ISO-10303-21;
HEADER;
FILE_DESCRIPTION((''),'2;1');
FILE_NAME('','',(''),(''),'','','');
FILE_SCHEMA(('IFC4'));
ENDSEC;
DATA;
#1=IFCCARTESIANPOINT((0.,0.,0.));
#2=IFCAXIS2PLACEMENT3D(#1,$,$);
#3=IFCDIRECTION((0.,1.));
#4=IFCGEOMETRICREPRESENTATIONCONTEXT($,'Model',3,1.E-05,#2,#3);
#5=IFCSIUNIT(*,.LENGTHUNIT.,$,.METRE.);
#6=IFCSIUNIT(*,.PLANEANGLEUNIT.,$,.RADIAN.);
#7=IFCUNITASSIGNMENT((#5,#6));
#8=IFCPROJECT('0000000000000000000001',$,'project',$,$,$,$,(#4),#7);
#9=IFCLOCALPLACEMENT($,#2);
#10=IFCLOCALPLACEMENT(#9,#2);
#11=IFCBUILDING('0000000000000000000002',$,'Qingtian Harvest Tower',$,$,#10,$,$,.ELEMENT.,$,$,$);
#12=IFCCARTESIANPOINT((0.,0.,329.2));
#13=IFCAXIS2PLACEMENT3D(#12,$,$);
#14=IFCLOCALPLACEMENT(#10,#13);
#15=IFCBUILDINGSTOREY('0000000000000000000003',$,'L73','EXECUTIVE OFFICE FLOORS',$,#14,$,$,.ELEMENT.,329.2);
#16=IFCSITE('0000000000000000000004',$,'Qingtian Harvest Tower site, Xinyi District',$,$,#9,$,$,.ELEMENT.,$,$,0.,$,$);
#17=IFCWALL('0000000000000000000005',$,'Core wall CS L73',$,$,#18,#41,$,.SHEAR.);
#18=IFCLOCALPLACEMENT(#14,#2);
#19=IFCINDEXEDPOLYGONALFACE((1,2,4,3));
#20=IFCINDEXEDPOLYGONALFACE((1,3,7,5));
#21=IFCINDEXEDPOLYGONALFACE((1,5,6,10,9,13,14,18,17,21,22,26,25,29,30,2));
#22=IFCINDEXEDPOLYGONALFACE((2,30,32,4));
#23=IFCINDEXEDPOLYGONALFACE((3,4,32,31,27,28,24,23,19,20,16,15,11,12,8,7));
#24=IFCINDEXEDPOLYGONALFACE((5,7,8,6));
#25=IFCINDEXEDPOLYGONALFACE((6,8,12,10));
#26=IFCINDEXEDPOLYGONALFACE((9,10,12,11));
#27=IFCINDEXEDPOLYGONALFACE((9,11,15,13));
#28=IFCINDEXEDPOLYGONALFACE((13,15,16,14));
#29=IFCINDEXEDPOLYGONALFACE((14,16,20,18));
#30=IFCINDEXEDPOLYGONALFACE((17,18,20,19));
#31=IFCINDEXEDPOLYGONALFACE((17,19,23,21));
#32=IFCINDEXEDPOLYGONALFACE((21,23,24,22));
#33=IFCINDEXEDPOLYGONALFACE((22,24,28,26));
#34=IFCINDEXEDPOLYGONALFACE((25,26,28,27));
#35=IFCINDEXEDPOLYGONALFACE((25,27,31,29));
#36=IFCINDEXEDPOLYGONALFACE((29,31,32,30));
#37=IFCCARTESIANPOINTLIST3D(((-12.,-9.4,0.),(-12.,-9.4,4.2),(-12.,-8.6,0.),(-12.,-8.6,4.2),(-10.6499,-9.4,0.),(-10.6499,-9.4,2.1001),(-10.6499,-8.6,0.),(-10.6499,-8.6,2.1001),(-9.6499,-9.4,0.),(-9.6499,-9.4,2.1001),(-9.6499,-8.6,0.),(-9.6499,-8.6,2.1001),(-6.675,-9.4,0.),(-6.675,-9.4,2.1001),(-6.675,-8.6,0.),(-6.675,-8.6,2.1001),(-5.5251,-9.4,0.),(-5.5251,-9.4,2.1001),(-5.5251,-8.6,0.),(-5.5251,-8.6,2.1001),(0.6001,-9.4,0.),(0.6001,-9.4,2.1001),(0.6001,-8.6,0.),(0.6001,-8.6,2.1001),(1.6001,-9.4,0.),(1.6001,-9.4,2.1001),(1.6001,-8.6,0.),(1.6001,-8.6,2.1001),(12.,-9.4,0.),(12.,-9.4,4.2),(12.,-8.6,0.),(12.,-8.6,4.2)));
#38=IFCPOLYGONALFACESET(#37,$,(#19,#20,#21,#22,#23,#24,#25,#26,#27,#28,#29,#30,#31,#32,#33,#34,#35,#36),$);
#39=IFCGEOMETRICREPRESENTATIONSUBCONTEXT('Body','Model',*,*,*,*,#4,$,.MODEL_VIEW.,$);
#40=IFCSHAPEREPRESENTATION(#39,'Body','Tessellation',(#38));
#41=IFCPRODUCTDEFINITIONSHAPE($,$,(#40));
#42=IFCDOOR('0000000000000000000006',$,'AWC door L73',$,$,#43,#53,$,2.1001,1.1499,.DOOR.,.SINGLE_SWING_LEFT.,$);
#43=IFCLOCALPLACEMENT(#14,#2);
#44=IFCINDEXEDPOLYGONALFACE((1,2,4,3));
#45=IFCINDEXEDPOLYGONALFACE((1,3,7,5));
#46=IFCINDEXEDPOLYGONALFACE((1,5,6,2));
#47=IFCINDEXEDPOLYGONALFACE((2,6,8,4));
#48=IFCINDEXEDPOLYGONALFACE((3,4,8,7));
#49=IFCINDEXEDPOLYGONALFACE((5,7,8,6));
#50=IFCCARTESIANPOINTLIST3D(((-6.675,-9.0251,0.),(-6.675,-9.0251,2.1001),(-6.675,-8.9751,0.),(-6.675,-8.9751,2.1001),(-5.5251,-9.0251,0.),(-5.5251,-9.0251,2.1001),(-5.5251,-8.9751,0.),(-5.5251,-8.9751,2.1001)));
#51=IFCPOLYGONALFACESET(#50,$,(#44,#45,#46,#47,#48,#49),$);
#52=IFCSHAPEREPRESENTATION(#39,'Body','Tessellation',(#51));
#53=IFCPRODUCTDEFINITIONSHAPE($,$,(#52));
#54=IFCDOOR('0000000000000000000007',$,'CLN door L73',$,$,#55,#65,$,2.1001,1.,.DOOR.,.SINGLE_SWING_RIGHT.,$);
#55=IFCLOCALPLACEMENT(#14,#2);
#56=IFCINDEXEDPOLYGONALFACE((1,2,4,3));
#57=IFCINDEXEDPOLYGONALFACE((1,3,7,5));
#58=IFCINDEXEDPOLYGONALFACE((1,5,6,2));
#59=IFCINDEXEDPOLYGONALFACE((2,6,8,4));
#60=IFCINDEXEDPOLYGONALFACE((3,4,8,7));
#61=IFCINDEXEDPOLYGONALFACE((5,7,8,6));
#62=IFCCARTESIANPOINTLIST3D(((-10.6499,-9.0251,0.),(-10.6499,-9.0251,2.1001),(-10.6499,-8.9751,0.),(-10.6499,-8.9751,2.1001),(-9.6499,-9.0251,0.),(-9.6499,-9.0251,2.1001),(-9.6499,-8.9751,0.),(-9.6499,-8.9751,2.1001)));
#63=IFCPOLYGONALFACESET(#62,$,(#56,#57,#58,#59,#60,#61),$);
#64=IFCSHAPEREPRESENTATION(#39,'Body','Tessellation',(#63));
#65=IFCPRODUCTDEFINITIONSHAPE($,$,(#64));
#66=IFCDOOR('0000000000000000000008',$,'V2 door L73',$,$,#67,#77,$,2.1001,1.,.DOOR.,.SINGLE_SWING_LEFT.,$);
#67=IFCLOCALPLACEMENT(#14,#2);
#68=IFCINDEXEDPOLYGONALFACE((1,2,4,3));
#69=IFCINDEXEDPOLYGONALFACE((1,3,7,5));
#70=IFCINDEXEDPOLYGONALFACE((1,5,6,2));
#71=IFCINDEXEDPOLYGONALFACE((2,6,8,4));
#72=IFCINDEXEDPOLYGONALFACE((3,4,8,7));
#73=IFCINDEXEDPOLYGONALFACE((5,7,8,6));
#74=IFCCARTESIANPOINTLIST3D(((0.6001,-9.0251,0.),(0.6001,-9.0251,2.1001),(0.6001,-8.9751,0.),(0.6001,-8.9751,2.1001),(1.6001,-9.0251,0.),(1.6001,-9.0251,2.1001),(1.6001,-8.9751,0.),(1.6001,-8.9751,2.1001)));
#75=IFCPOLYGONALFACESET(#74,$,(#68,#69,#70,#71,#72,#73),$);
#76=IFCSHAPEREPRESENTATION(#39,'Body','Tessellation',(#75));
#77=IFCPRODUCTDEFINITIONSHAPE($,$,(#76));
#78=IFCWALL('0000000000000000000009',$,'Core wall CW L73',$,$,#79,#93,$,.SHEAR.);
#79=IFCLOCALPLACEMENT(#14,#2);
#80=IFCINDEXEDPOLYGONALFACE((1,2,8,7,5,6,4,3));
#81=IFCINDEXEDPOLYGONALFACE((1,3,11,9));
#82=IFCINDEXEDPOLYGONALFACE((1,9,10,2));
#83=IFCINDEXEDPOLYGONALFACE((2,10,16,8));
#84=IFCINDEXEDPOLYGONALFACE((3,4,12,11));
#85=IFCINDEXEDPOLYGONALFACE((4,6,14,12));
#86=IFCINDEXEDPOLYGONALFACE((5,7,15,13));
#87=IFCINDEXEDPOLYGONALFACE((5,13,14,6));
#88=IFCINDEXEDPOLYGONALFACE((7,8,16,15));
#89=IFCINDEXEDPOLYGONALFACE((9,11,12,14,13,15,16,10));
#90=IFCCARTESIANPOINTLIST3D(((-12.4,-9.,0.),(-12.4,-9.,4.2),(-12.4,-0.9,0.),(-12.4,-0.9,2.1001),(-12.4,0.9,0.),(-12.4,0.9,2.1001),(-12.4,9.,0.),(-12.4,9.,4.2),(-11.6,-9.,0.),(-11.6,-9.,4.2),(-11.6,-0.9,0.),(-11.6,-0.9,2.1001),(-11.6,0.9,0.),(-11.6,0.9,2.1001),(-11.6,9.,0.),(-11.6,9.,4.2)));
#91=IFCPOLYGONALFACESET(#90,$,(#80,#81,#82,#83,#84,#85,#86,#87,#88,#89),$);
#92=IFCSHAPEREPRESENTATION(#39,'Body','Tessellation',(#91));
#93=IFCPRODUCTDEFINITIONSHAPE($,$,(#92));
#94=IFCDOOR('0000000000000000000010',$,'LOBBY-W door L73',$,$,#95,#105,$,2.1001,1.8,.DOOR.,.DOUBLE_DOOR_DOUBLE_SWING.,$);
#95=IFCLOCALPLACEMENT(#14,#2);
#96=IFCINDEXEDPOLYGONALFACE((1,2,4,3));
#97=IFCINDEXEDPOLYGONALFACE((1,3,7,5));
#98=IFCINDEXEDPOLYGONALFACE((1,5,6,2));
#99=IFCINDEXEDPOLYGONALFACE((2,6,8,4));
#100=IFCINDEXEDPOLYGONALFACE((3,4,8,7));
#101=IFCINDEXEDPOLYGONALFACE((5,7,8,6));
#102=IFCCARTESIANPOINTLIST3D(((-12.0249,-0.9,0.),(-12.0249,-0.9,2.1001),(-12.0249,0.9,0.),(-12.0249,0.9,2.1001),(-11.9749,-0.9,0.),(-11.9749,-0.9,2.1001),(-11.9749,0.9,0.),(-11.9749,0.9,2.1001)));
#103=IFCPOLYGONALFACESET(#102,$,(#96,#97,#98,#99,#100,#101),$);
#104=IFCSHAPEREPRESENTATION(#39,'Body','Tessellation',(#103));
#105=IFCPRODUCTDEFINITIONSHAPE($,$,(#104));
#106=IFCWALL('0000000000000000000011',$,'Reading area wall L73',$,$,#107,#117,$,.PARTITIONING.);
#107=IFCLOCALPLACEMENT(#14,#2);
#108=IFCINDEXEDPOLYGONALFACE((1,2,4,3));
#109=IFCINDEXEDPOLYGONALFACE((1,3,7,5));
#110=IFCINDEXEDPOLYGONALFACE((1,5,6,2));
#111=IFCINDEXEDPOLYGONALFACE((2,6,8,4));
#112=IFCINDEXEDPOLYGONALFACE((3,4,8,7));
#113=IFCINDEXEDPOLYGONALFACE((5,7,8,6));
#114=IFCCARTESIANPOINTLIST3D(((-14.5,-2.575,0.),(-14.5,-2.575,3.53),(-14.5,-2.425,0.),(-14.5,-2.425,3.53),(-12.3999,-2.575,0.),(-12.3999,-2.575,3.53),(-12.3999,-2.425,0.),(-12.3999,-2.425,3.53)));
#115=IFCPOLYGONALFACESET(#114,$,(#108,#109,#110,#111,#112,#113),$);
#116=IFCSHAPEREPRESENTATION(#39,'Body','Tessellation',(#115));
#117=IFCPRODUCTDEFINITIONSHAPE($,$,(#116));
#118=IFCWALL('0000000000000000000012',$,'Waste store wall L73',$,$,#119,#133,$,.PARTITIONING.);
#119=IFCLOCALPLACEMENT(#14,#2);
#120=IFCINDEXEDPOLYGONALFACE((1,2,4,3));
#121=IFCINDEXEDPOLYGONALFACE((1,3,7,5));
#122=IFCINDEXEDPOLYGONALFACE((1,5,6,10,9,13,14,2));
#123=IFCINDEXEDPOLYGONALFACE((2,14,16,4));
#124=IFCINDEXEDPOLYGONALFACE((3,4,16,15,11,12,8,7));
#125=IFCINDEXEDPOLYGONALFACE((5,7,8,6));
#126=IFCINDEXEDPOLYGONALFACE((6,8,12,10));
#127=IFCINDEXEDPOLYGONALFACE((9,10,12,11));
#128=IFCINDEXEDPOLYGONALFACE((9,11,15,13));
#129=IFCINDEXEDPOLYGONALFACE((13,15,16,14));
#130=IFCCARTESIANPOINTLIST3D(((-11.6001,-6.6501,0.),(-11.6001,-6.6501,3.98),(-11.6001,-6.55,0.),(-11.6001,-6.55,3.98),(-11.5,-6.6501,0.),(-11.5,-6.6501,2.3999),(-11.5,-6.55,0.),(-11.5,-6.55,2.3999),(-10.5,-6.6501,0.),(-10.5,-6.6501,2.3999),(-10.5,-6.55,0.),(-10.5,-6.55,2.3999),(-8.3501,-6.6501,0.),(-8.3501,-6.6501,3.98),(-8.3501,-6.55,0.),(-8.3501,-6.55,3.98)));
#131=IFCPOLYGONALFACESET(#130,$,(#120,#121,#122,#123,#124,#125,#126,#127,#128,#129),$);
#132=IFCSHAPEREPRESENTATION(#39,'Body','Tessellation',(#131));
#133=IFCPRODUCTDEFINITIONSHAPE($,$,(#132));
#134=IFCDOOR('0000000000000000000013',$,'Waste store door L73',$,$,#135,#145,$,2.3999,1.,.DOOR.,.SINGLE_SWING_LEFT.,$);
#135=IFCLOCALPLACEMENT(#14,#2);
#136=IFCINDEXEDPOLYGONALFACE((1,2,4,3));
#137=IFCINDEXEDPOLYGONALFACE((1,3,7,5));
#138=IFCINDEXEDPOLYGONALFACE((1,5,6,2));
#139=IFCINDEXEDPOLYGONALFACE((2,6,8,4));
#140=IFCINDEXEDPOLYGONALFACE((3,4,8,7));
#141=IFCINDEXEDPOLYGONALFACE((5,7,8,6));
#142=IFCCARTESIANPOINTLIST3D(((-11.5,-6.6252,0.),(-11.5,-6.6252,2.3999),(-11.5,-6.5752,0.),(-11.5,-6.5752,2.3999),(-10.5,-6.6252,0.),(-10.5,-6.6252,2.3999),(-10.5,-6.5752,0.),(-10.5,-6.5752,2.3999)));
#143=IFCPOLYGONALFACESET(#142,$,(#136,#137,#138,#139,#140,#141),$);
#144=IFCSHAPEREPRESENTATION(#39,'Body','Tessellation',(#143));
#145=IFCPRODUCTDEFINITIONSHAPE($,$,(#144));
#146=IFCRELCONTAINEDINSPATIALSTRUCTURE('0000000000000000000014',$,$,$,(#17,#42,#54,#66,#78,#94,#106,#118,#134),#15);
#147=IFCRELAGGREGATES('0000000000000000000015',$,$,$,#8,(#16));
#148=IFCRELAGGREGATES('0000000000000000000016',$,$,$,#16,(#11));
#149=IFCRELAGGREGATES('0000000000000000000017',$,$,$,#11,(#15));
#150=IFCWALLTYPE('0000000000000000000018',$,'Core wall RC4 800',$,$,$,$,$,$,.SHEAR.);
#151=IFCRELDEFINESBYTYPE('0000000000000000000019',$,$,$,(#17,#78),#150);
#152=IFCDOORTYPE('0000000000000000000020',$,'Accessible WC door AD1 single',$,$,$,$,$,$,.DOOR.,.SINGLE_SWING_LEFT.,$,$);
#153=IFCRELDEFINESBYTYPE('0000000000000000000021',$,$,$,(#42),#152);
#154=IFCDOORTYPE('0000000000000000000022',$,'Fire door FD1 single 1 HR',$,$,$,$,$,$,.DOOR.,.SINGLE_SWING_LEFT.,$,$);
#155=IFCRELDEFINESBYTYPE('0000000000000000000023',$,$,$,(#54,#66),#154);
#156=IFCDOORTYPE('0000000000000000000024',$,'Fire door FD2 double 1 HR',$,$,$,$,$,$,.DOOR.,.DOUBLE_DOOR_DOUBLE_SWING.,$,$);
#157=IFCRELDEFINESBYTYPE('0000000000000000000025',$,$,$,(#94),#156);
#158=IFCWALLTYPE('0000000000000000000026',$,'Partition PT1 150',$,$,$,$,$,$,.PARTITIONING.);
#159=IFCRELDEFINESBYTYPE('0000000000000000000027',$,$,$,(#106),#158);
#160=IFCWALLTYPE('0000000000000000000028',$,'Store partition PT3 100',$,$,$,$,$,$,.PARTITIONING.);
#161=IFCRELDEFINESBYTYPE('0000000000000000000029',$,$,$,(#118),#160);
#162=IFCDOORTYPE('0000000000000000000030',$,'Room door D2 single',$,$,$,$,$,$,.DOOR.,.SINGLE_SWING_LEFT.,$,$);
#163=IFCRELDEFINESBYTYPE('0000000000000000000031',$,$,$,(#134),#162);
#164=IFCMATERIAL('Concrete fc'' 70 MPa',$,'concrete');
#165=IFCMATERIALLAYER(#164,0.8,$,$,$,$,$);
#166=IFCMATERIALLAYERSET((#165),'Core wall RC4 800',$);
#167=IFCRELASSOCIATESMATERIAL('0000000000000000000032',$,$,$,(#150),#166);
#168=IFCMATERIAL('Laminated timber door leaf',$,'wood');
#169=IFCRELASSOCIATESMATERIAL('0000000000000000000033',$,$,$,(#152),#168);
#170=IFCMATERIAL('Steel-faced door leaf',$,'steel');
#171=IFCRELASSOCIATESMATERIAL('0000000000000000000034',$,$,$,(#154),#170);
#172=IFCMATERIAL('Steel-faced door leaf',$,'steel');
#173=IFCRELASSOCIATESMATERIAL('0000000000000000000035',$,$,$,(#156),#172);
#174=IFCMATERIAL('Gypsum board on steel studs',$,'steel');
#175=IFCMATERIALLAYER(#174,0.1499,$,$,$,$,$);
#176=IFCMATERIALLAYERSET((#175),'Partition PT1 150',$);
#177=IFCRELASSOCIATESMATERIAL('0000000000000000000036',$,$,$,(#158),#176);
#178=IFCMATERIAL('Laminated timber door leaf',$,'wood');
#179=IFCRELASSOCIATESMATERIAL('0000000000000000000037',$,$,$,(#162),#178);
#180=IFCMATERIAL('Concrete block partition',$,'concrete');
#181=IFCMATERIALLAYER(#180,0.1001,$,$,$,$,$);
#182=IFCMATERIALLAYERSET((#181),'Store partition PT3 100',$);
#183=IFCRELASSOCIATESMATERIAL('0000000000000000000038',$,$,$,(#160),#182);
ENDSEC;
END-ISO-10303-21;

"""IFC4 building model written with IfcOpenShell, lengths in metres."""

from ifc_helpers import new_model, si_unit, direction, frame, frame_2d, origin, place, context, subcontext, project, spatial, rectangle, extrude, material, layer, layer_set, type_object, element, fill, save


model = new_model("IFC4")

# Units and contexts
model_context = context("Model", 3, precision=1e-05, world=origin(), true_north=direction((0.0, 1.0)))
body_context = subcontext(model_context, "Body", "Model", "MODEL_VIEW")
ifc_project = project(units=[si_unit("LENGTHUNIT", "METRE"), si_unit("PLANEANGLEUNIT", "RADIAN")], contexts=[model_context])

# Site, building, storey
site_placement = place(None, origin())
site = spatial("IfcSite", under=ifc_project, at=site_placement, Name="Qingtian Harvest Tower site, Xinyi District", CompositionType="ELEMENT", RefElevation=0.0)
building_placement = place(site_placement, origin())
building = spatial("IfcBuilding", under=site, at=building_placement, Name="Qingtian Harvest Tower", CompositionType="ELEMENT")
storey_placement = place(building_placement, frame((0.0, 0.0, 329.2)))
storey = spatial("IfcBuildingStorey", under=building, at=storey_placement, Name="L73", Description="EXECUTIVE OFFICE FLOORS", CompositionType="ELEMENT", Elevation=329.2)

# Wall, openings, doors
ifc_material_1 = material(Name="Concrete fc' 70 MPa", Category="concrete")
ifc_layer_1 = layer(ifc_material_1, 0.8)
ifc_layer_set_1 = layer_set([ifc_layer_1], Name="Core wall RC4 800")
wall_type_1 = type_object("IfcWallType", Name="Core wall RC4 800", PredefinedType="SHEAR", material=ifc_layer_set_1)
wall_1_placement = place(storey_placement, frame((-12.0, -9.0, 0.0), z_axis=(0.0, 0.0, 1.0), x_axis=(1.0, 0.0, 0.0)))
wall_1 = element("IfcWall", 1, at=wall_1_placement, inside=storey, type_object=wall_type_1, Name="Core wall CS L73", PredefinedType="SHEAR", context=body_context, shape_type="SweptSolid", body=[
    extrude(rectangle(XDim=24.0, YDim=0.8, at=frame_2d((12.0, 0.0))), origin(), (0.0, 0.0, 1.0), 4.2),
])
opening_1_placement = place(wall_1_placement, frame((1.3501, 0.0, 0.0)))
opening_1 = element("IfcOpeningElement", 2, at=opening_1_placement, cuts=wall_1, PredefinedType="OPENING", context=body_context, shape_type="SweptSolid", body=[
    extrude(rectangle(XDim=1.0, YDim=2.1001, at=frame_2d((0.5, 1.05))), frame((0.0, 0.4099, 0.0), z_axis=(0.0, -1.0, 0.0), x_axis=(1.0, 0.0, 0.0)), (0.0, 0.0, 1.0), 0.8201),
])
opening_2_placement = place(wall_1_placement, frame((5.325, 0.0, 0.0)))
opening_2 = element("IfcOpeningElement", 3, at=opening_2_placement, cuts=wall_1, PredefinedType="OPENING", context=body_context, shape_type="SweptSolid", body=[
    extrude(rectangle(XDim=1.1499, YDim=2.1001, at=frame_2d((0.575, 1.05))), frame((0.0, 0.4099, 0.0), z_axis=(0.0, -1.0, 0.0), x_axis=(1.0, 0.0, 0.0)), (0.0, 0.0, 1.0), 0.8201),
])
opening_3_placement = place(wall_1_placement, frame((12.6001, 0.0, 0.0)))
opening_3 = element("IfcOpeningElement", 4, at=opening_3_placement, cuts=wall_1, PredefinedType="OPENING", context=body_context, shape_type="SweptSolid", body=[
    extrude(rectangle(XDim=1.0, YDim=2.1001, at=frame_2d((0.5, 1.05))), frame((0.0, 0.4099, 0.0), z_axis=(0.0, -1.0, 0.0), x_axis=(1.0, 0.0, 0.0)), (0.0, 0.0, 1.0), 0.8201),
])
ifc_material_2 = material(Name="Laminated timber door leaf", Category="wood")
door_type_1 = type_object("IfcDoorType", Name="Accessible WC door AD1 single", OperationType="SINGLE_SWING_LEFT", PredefinedType="DOOR", material=ifc_material_2)
door_1_placement = place(opening_2_placement, origin())
door_1 = element("IfcDoor", 5, at=door_1_placement, inside=storey, type_object=door_type_1, Name="AWC door L73", OperationType="SINGLE_SWING_LEFT", OverallHeight=2.1001, OverallWidth=1.1499, PredefinedType="DOOR", context=body_context, shape_type="SweptSolid", body=[
    extrude(rectangle(XDim=1.1499, YDim=2.1001, at=frame_2d((0.575, 1.05))), frame((0.0, 0.0249, 0.0), z_axis=(0.0, -1.0, 0.0), x_axis=(1.0, 0.0, 0.0)), (0.0, 0.0, 1.0), 0.05),
])
fill(opening_2, door_1)
ifc_material_3 = material(Name="Steel-faced door leaf", Category="steel")
door_type_2 = type_object("IfcDoorType", Name="Fire door FD1 single 1 HR", OperationType="SINGLE_SWING_LEFT", PredefinedType="DOOR", material=ifc_material_3)
door_2_placement = place(opening_1_placement, origin())
door_2 = element("IfcDoor", 6, at=door_2_placement, inside=storey, type_object=door_type_2, Name="CLN door L73", OperationType="SINGLE_SWING_RIGHT", OverallHeight=2.1001, OverallWidth=1.0, PredefinedType="DOOR", context=body_context, shape_type="SweptSolid", body=[
    extrude(rectangle(XDim=1.0, YDim=2.1001, at=frame_2d((0.5, 1.05))), frame((0.0, 0.0249, 0.0), z_axis=(0.0, -1.0, 0.0), x_axis=(1.0, 0.0, 0.0)), (0.0, 0.0, 1.0), 0.05),
])
fill(opening_1, door_2)
door_3_placement = place(opening_3_placement, origin())
door_3 = element("IfcDoor", 7, at=door_3_placement, inside=storey, type_object=door_type_2, Name="V2 door L73", OperationType="SINGLE_SWING_LEFT", OverallHeight=2.1001, OverallWidth=1.0, PredefinedType="DOOR", context=body_context, shape_type="SweptSolid", body=[
    extrude(rectangle(XDim=1.0, YDim=2.1001, at=frame_2d((0.5, 1.05))), frame((0.0, 0.0249, 0.0), z_axis=(0.0, -1.0, 0.0), x_axis=(1.0, 0.0, 0.0)), (0.0, 0.0, 1.0), 0.05),
])
fill(opening_3, door_3)

# Wall, opening, door
wall_2_placement = place(storey_placement, frame((-12.0, -9.0, 0.0), z_axis=(0.0, 0.0, 1.0), x_axis=(0.0, 1.0, 0.0)))
wall_2 = element("IfcWall", 8, at=wall_2_placement, inside=storey, type_object=wall_type_1, Name="Core wall CW L73", PredefinedType="SHEAR", context=body_context, shape_type="SweptSolid", body=[
    extrude(rectangle(XDim=18.0, YDim=0.8, at=frame_2d((9.0, 0.0))), origin(), (0.0, 0.0, 1.0), 4.2),
])
opening_4_placement = place(wall_2_placement, frame((8.1001, 0.0, 0.0)))
opening_4 = element("IfcOpeningElement", 9, at=opening_4_placement, cuts=wall_2, PredefinedType="OPENING", context=body_context, shape_type="SweptSolid", body=[
    extrude(rectangle(XDim=1.8, YDim=2.1001, at=frame_2d((0.8999, 1.05))), frame((0.0, 0.4099, 0.0), z_axis=(0.0, -1.0, 0.0), x_axis=(1.0, 0.0, 0.0)), (0.0, 0.0, 1.0), 0.8201),
])
ifc_material_4 = material(Name="Steel-faced door leaf", Category="steel")
door_type_3 = type_object("IfcDoorType", Name="Fire door FD2 double 1 HR", OperationType="DOUBLE_DOOR_DOUBLE_SWING", PredefinedType="DOOR", material=ifc_material_4)
door_4_placement = place(opening_4_placement, origin())
door_4 = element("IfcDoor", 10, at=door_4_placement, inside=storey, type_object=door_type_3, Name="LOBBY-W door L73", OperationType="DOUBLE_DOOR_DOUBLE_SWING", OverallHeight=2.1001, OverallWidth=1.8, PredefinedType="DOOR", context=body_context, shape_type="SweptSolid", body=[
    extrude(rectangle(XDim=1.8, YDim=2.1001, at=frame_2d((0.8999, 1.05))), frame((0.0, 0.0249, 0.0), z_axis=(0.0, -1.0, 0.0), x_axis=(1.0, 0.0, 0.0)), (0.0, 0.0, 1.0), 0.05),
])
fill(opening_4, door_4)
ifc_material_5 = material(Name="Gypsum board on steel studs", Category="steel")
ifc_layer_2 = layer(ifc_material_5, 0.1499)
ifc_layer_set_2 = layer_set([ifc_layer_2], Name="Partition PT1 150")
wall_type_2 = type_object("IfcWallType", Name="Partition PT1 150", PredefinedType="PARTITIONING", material=ifc_layer_set_2)
ifc_material_6 = material(Name="Laminated timber door leaf", Category="wood")
door_type_4 = type_object("IfcDoorType", Name="Room door D2 single", OperationType="SINGLE_SWING_LEFT", PredefinedType="DOOR", material=ifc_material_6)

# Wall
wall_3_placement = place(storey_placement, frame((-12.3999, -2.5, 0.0), z_axis=(0.0, 0.0, 1.0), x_axis=(-1.0, 0.0, 0.0)))
element("IfcWall", 11, at=wall_3_placement, inside=storey, type_object=wall_type_2, Name="Reading area wall L73", PredefinedType="PARTITIONING", context=body_context, shape_type="SweptSolid", body=[
    extrude(rectangle(XDim=2.1001, YDim=0.1499, at=frame_2d((1.05, 0.0))), origin(), (0.0, 0.0, 1.0), 3.53),
])

# Wall, opening, door
ifc_material_7 = material(Name="Concrete block partition", Category="concrete")
ifc_layer_3 = layer(ifc_material_7, 0.1001)
ifc_layer_set_3 = layer_set([ifc_layer_3], Name="Store partition PT3 100")
wall_type_3 = type_object("IfcWallType", Name="Store partition PT3 100", PredefinedType="PARTITIONING", material=ifc_layer_set_3)
wall_4_placement = place(storey_placement, frame((-11.6001, -6.6001, 0.0), z_axis=(0.0, 0.0, 1.0), x_axis=(1.0, 0.0, 0.0)))
wall_4 = element("IfcWall", 12, at=wall_4_placement, inside=storey, type_object=wall_type_3, Name="Waste store wall L73", PredefinedType="PARTITIONING", context=body_context, shape_type="SweptSolid", body=[
    extrude(rectangle(XDim=3.25, YDim=0.1001, at=frame_2d((1.625, 0.0))), origin(), (0.0, 0.0, 1.0), 3.98),
])
opening_5_placement = place(wall_4_placement, frame((0.1001, 0.0, 0.0)))
opening_5 = element("IfcOpeningElement", 13, at=opening_5_placement, cuts=wall_4, PredefinedType="OPENING", context=body_context, shape_type="SweptSolid", body=[
    extrude(rectangle(XDim=1.0, YDim=2.3999, at=frame_2d((0.5, 1.2))), frame((0.0, 0.0601, 0.0), z_axis=(0.0, -1.0, 0.0), x_axis=(1.0, 0.0, 0.0)), (0.0, 0.0, 1.0), 0.1201),
])
door_5_placement = place(opening_5_placement, origin())
door_5 = element("IfcDoor", 14, at=door_5_placement, inside=storey, type_object=door_type_4, Name="Waste store door L73", OperationType="SINGLE_SWING_LEFT", OverallHeight=2.3999, OverallWidth=1.0, PredefinedType="DOOR", context=body_context, shape_type="SweptSolid", body=[
    extrude(rectangle(XDim=1.0, YDim=2.3999, at=frame_2d((0.5, 1.2))), frame((0.0, 0.0249, 0.0), z_axis=(0.0, -1.0, 0.0), x_axis=(1.0, 0.0, 0.0)), (0.0, 0.0, 1.0), 0.05),
])
fill(opening_5, door_5)

save(model, "model.ifc")
